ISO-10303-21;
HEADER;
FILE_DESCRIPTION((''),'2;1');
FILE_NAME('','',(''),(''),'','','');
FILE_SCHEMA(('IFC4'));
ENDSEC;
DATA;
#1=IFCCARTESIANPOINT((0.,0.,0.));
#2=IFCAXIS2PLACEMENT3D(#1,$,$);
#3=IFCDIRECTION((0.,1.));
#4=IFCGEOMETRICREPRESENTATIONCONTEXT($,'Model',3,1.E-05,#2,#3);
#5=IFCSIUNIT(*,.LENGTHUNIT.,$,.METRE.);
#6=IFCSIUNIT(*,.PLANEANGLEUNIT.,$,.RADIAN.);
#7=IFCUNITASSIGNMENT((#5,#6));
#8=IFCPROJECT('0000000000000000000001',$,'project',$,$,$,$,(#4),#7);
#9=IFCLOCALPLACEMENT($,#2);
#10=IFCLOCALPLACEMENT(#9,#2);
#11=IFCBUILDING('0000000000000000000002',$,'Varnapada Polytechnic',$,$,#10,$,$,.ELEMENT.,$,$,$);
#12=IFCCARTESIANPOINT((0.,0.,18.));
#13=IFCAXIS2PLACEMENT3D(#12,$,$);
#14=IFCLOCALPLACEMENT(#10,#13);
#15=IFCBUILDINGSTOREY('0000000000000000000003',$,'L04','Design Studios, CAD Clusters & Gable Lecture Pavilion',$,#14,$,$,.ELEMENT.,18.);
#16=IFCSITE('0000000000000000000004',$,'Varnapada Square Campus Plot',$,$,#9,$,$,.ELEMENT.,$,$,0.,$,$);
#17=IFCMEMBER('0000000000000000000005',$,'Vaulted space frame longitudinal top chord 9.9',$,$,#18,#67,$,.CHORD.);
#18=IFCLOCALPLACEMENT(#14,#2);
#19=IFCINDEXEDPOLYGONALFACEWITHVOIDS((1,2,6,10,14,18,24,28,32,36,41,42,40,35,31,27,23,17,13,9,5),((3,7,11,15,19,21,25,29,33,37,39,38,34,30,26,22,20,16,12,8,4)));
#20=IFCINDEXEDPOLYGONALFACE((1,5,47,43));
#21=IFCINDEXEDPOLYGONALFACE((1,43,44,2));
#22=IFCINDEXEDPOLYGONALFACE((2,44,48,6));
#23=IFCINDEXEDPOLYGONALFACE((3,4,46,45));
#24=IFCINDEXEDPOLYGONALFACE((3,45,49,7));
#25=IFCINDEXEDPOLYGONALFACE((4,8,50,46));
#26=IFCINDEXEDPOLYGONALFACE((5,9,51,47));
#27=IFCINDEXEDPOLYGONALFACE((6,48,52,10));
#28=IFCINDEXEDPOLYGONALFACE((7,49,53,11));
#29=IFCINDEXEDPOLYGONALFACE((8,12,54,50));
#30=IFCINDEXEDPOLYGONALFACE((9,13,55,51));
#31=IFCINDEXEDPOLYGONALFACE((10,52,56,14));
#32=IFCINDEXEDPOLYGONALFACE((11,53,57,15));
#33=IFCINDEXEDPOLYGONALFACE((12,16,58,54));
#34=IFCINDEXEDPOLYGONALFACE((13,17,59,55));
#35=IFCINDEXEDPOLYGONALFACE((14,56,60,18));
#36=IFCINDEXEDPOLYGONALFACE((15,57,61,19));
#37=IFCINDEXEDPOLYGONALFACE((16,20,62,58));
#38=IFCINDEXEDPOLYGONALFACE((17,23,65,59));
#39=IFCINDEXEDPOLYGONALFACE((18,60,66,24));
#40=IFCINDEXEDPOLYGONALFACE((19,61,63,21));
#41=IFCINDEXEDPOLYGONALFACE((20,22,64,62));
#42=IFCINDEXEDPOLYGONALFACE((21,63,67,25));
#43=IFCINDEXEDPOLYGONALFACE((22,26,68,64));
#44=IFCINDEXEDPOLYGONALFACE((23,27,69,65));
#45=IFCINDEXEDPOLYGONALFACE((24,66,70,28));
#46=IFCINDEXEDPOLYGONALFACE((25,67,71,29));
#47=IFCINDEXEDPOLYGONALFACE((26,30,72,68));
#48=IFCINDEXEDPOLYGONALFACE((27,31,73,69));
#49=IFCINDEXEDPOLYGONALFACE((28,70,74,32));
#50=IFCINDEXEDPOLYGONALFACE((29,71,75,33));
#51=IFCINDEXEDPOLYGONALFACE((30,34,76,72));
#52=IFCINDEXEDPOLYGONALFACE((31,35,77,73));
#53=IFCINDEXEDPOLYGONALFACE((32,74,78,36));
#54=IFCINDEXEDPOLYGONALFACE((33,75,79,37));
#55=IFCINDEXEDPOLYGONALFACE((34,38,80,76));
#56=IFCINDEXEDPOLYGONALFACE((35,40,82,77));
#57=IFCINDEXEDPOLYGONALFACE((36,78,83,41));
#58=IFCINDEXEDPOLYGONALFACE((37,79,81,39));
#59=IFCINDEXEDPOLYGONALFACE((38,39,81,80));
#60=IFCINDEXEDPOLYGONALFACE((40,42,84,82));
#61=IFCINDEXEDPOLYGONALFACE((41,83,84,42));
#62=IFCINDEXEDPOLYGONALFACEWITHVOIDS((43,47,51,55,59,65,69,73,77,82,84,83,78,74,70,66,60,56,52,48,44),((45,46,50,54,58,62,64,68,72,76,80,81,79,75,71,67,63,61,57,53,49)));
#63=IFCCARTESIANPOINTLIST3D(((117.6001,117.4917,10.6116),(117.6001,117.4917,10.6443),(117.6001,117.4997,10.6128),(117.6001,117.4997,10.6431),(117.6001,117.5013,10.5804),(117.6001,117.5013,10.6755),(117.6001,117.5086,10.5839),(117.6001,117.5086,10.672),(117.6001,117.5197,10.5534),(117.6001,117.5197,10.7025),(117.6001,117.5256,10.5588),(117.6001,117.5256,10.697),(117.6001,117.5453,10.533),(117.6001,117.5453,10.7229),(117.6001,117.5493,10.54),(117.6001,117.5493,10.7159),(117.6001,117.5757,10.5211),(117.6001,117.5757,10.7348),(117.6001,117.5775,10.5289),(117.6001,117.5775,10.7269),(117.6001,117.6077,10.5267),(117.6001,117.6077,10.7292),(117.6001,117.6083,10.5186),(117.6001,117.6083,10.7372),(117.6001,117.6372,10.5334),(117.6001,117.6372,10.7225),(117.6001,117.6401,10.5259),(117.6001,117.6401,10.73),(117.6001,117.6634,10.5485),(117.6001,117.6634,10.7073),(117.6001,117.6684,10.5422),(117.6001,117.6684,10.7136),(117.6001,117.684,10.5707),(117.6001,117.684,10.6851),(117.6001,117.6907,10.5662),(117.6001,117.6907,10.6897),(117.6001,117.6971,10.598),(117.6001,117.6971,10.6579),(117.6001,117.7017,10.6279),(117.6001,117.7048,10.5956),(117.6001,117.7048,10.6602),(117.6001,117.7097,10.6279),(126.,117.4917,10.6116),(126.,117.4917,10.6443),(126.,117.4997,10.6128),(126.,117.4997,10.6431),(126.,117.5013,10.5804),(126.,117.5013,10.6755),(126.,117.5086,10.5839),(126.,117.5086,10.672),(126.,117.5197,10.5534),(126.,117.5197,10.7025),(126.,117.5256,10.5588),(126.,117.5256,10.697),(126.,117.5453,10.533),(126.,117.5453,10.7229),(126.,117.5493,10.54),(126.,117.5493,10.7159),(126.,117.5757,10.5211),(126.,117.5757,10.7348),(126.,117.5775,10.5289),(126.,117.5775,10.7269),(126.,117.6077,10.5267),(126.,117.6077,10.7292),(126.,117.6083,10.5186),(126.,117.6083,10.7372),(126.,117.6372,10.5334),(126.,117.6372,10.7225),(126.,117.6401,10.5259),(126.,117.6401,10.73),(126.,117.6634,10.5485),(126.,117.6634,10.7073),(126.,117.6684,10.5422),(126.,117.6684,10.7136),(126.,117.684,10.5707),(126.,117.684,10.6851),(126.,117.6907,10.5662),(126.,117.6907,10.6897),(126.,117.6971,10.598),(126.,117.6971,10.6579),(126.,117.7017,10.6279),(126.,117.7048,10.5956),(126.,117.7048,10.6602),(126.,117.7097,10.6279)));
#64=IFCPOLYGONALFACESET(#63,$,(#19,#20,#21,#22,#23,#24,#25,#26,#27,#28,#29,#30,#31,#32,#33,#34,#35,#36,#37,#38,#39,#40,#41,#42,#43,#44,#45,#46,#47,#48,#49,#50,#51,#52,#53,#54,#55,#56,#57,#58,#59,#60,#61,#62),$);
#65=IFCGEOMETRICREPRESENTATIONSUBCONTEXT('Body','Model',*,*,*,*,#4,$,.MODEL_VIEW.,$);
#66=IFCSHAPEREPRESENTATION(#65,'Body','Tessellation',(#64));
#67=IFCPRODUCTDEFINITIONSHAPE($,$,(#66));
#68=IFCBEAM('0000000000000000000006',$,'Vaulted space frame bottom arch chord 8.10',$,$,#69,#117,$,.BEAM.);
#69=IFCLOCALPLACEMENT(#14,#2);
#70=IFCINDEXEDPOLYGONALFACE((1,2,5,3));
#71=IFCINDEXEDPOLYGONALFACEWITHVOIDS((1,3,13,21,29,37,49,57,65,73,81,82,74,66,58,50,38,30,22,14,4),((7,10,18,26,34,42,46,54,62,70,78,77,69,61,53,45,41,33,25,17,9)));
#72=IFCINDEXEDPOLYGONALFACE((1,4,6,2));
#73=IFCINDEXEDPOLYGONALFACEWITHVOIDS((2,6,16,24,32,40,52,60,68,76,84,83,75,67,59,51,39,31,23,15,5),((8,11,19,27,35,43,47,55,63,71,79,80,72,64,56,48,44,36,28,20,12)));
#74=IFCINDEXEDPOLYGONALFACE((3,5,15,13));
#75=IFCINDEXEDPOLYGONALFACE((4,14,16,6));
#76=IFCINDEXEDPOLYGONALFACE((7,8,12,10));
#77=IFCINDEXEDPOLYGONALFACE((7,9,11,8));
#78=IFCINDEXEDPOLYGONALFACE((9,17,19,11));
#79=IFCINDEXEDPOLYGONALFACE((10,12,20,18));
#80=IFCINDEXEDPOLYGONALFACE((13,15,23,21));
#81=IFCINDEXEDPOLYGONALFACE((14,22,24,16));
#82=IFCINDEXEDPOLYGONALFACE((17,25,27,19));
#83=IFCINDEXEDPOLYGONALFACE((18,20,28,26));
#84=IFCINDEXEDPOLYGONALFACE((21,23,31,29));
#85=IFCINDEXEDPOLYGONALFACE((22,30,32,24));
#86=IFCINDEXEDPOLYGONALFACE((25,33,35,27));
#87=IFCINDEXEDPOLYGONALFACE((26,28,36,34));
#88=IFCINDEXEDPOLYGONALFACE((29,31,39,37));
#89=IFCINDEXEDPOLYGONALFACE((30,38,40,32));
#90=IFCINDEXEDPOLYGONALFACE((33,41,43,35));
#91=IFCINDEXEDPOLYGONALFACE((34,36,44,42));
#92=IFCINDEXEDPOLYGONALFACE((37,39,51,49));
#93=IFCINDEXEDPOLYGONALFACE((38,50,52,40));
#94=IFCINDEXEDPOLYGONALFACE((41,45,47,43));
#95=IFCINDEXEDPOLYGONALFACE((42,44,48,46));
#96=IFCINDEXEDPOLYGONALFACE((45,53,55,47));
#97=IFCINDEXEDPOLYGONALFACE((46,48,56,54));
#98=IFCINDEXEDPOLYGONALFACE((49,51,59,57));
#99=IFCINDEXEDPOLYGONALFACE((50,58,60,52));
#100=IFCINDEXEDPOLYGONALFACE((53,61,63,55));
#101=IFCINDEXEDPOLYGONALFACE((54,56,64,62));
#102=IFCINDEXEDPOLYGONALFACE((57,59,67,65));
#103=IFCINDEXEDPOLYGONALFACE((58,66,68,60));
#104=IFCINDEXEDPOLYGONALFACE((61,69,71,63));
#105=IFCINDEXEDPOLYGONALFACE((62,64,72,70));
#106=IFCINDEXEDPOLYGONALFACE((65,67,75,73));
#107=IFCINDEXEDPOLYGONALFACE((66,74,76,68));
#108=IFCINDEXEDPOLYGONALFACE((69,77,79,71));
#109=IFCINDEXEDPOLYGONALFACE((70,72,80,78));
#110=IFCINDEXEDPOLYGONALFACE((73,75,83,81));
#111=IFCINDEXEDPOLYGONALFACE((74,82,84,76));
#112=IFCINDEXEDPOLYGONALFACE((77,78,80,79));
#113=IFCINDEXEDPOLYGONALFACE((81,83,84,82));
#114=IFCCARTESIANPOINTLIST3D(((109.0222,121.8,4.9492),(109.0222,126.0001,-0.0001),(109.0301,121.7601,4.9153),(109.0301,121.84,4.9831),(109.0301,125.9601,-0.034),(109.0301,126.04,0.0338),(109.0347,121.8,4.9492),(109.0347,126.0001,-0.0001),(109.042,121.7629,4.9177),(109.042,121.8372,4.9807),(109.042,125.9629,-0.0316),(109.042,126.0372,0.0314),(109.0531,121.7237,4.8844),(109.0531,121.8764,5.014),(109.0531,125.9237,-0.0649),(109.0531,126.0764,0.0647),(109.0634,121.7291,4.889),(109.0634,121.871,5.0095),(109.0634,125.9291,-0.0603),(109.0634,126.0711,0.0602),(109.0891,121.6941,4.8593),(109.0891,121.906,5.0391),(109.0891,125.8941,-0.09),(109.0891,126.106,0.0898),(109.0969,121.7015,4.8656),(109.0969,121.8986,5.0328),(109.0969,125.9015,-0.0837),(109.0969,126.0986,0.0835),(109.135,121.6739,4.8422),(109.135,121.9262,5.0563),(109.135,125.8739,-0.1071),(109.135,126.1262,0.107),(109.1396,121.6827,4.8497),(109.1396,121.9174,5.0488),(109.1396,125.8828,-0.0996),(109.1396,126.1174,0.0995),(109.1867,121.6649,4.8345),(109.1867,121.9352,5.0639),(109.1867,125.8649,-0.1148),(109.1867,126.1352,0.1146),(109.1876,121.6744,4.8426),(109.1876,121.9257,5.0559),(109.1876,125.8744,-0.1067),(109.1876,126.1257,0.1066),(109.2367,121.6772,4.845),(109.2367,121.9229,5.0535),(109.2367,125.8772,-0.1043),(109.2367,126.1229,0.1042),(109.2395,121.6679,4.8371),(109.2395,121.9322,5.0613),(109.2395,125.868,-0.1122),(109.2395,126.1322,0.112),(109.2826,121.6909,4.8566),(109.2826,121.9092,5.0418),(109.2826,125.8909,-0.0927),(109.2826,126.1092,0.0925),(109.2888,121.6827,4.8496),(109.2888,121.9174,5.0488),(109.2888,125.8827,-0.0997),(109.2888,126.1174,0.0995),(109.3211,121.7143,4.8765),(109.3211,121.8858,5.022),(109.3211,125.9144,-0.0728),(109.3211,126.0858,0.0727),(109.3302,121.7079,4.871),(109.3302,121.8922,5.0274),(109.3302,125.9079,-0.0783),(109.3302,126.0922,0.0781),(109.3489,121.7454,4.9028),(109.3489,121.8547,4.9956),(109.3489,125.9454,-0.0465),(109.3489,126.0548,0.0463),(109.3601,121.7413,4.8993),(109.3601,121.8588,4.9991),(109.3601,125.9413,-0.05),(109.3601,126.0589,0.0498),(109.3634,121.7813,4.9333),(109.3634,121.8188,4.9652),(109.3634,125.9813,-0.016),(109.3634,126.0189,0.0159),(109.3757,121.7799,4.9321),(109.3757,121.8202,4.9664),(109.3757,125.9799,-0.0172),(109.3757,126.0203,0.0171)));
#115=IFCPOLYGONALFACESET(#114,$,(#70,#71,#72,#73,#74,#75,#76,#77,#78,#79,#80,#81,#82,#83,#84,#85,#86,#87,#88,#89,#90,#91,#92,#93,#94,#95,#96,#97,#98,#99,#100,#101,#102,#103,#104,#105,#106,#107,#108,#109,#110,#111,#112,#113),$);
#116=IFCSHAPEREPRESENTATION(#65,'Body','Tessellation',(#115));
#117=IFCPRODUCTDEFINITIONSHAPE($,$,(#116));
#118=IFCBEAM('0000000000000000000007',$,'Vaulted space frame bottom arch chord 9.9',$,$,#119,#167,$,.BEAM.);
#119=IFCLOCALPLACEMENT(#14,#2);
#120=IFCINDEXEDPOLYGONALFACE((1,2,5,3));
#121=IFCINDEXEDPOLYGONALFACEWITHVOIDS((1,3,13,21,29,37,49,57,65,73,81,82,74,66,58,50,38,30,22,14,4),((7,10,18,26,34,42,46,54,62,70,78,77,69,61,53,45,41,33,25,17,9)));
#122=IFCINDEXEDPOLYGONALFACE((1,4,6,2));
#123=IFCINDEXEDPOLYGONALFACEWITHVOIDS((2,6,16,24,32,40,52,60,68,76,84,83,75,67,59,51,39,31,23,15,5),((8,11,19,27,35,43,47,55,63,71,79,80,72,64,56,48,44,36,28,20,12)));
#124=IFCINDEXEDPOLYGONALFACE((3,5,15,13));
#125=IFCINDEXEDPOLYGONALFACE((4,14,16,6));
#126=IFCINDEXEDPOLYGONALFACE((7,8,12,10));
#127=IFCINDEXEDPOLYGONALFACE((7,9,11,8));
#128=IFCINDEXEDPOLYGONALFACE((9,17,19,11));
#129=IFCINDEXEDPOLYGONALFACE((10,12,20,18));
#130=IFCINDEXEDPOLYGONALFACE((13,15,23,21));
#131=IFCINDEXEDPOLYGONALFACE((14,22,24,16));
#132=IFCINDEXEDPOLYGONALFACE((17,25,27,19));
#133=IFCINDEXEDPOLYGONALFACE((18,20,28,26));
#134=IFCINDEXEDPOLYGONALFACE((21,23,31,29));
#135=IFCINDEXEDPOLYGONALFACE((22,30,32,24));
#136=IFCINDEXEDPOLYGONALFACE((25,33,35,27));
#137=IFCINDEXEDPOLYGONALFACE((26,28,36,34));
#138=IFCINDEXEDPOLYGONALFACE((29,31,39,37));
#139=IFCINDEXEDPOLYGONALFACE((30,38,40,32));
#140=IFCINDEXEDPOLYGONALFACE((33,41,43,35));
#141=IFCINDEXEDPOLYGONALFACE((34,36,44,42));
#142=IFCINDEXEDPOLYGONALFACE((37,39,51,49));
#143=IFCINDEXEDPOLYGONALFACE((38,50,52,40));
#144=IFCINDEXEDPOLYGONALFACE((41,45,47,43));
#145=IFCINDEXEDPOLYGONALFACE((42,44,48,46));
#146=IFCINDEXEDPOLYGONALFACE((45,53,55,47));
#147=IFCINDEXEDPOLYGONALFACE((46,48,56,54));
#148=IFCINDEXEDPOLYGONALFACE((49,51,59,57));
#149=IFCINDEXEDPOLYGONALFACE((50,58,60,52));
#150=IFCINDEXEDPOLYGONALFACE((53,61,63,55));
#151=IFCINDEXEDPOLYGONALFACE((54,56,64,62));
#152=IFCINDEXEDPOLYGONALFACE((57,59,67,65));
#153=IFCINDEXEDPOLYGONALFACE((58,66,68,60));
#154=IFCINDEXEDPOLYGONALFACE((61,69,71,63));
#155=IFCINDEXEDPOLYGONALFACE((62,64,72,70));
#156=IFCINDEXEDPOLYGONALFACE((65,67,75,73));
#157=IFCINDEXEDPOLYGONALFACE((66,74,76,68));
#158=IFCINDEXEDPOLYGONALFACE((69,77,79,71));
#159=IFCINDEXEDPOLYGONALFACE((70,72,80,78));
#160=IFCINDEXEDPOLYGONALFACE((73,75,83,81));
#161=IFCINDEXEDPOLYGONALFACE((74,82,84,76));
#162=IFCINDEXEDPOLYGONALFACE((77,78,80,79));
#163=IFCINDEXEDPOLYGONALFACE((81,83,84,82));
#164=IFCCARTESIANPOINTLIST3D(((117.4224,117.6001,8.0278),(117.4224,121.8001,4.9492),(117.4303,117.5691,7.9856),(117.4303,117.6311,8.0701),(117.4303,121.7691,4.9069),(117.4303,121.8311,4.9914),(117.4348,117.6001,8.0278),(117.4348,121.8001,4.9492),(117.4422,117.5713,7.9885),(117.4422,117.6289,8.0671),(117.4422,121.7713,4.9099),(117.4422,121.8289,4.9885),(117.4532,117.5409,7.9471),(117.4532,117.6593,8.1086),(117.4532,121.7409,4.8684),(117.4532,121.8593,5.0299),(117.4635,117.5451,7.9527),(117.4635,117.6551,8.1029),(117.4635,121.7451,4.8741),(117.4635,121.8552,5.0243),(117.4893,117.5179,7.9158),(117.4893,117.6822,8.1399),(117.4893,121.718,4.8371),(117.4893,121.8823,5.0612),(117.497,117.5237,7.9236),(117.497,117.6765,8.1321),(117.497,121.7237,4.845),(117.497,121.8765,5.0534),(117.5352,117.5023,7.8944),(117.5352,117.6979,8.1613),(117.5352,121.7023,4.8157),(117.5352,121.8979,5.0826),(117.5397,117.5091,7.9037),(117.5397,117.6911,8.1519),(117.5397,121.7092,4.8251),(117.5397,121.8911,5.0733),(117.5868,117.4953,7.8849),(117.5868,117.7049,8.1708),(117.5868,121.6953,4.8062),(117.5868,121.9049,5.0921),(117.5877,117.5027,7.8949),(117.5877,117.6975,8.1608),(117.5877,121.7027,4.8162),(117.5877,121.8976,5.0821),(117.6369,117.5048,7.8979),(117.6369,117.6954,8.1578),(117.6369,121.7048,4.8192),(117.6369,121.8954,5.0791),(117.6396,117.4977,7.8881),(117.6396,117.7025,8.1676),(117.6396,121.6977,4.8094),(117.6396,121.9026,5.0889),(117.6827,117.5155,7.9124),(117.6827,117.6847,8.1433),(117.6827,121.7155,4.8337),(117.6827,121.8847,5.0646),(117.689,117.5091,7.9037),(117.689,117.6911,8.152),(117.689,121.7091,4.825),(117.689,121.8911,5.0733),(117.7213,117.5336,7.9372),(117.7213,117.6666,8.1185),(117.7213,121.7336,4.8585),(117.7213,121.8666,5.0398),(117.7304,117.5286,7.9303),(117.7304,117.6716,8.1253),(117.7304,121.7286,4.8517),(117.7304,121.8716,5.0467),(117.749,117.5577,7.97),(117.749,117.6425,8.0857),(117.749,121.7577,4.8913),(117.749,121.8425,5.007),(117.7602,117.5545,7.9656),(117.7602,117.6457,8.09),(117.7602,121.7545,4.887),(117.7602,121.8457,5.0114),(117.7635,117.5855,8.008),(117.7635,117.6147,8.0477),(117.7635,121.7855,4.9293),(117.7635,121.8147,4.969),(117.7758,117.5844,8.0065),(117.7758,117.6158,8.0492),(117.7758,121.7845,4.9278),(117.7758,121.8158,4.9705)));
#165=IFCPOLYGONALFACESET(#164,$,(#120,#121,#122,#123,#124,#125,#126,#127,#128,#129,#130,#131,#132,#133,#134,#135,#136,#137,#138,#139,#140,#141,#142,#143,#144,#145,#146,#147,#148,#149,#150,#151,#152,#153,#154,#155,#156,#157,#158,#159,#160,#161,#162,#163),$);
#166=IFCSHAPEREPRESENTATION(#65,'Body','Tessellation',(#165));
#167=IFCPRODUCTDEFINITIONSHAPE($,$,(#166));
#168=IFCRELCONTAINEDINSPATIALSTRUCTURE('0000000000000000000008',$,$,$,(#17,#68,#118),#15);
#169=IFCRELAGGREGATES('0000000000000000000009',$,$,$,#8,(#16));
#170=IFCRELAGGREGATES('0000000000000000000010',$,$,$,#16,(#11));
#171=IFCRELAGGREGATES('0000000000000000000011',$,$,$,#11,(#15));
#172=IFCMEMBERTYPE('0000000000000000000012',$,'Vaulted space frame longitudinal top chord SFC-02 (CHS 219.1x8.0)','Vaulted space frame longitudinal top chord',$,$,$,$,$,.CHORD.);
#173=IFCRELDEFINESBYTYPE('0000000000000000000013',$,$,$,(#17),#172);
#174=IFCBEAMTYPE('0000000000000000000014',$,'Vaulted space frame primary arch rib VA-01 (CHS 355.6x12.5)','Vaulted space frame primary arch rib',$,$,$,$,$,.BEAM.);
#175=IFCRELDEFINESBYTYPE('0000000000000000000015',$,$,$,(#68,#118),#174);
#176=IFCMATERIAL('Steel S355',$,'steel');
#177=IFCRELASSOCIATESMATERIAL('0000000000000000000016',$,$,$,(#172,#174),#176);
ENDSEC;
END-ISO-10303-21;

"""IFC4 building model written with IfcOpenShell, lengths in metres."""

from ifc_helpers import new_model, si_unit, direction, frame, origin, origin_2d, place, context, subcontext, project, spatial, hollow_circle, extrude, material, material_profile, profile_set, type_object, element, save


model = new_model("IFC4")

# Units and contexts
model_context = context("Model", 3, precision=1e-05, world=origin(), true_north=direction((0.0, 1.0)))
body_context = subcontext(model_context, "Body", "Model", "MODEL_VIEW")
ifc_project = project(units=[si_unit("LENGTHUNIT", "METRE"), si_unit("PLANEANGLEUNIT", "RADIAN")], contexts=[model_context])

# Site, building, storey
site_placement = place(None, origin())
site = spatial("IfcSite", under=ifc_project, at=site_placement, Name="Varnapada Square Campus Plot", CompositionType="ELEMENT", RefElevation=0.0)
building_placement = place(site_placement, origin())
building = spatial("IfcBuilding", under=site, at=building_placement, Name="Varnapada Polytechnic", CompositionType="ELEMENT")
storey_placement = place(building_placement, frame((0.0, 0.0, 18.0)))
storey = spatial("IfcBuildingStorey", under=building, at=storey_placement, Name="L04", Description="Design Studios, CAD Clusters & Gable Lecture Pavilion", CompositionType="ELEMENT", Elevation=18.0)

# Shared definitions
ifc_material = material(Name="Steel S355", Category="steel")

# Member
ifc_material_profile_1 = material_profile(ifc_material, hollow_circle(Radius=0.1096, WallThickness=0.0081, at=origin_2d()), Name="CHS 219.1x8.0")
ifc_profile_set_1 = profile_set([ifc_material_profile_1], Name="Steel S355")
member_type_1 = type_object("IfcMemberType", Name="Vaulted space frame longitudinal top chord SFC-02 (CHS 219.1x8.0)", Description="Vaulted space frame longitudinal top chord", PredefinedType="CHORD", material=ifc_profile_set_1)
member_1_placement = place(storey_placement, frame((117.6001, 117.6001, 10.6279), z_axis=(1.0, 0.0, 0.0), x_axis=(0.0, 1.0, 0.0)))
element("IfcMember", 1, at=member_1_placement, inside=storey, type_object=member_type_1, Name="Vaulted space frame longitudinal top chord 9.9", PredefinedType="CHORD", context=body_context, shape_type="SweptSolid", body=[
    extrude(hollow_circle(Radius=0.1096, WallThickness=0.0081, at=origin_2d()), origin(), (0.0, 0.0, 1.0), 8.3999),
])

# Beams
ifc_material_profile_2 = material_profile(ifc_material, hollow_circle(Radius=0.1777, WallThickness=0.0125, at=origin_2d()), Name="CHS 355.6x12.5")
ifc_profile_set_2 = profile_set([ifc_material_profile_2], Name="Steel S355")
beam_type_1 = type_object("IfcBeamType", Name="Vaulted space frame primary arch rib VA-01 (CHS 355.6x12.5)", Description="Vaulted space frame primary arch rib", PredefinedType="BEAM", material=ifc_profile_set_2)
beam_1_placement = place(storey_placement, frame((109.2, 121.8, 4.9492), z_axis=(0.0, 0.647032, -0.762462), x_axis=(-1.0, 0.0, 0.0)))
element("IfcBeam", 2, at=beam_1_placement, inside=storey, type_object=beam_type_1, Name="Vaulted space frame bottom arch chord 8.10", PredefinedType="BEAM", context=body_context, shape_type="SweptSolid", body=[
    extrude(hollow_circle(Radius=0.1777, WallThickness=0.0125, at=origin_2d()), origin(), (0.0, 0.0, 1.0), 6.4912),
])
beam_2_placement = place(storey_placement, frame((117.6001, 117.6001, 8.0278), z_axis=(0.0, 0.806529, -0.591195), x_axis=(-1.0, 0.0, 0.0)))
element("IfcBeam", 3, at=beam_2_placement, inside=storey, type_object=beam_type_1, Name="Vaulted space frame bottom arch chord 9.9", PredefinedType="BEAM", context=body_context, shape_type="SweptSolid", body=[
    extrude(hollow_circle(Radius=0.1777, WallThickness=0.0125, at=origin_2d()), origin(), (0.0, 0.0, 1.0), 5.2075),
])

save(model, "model.ifc")
